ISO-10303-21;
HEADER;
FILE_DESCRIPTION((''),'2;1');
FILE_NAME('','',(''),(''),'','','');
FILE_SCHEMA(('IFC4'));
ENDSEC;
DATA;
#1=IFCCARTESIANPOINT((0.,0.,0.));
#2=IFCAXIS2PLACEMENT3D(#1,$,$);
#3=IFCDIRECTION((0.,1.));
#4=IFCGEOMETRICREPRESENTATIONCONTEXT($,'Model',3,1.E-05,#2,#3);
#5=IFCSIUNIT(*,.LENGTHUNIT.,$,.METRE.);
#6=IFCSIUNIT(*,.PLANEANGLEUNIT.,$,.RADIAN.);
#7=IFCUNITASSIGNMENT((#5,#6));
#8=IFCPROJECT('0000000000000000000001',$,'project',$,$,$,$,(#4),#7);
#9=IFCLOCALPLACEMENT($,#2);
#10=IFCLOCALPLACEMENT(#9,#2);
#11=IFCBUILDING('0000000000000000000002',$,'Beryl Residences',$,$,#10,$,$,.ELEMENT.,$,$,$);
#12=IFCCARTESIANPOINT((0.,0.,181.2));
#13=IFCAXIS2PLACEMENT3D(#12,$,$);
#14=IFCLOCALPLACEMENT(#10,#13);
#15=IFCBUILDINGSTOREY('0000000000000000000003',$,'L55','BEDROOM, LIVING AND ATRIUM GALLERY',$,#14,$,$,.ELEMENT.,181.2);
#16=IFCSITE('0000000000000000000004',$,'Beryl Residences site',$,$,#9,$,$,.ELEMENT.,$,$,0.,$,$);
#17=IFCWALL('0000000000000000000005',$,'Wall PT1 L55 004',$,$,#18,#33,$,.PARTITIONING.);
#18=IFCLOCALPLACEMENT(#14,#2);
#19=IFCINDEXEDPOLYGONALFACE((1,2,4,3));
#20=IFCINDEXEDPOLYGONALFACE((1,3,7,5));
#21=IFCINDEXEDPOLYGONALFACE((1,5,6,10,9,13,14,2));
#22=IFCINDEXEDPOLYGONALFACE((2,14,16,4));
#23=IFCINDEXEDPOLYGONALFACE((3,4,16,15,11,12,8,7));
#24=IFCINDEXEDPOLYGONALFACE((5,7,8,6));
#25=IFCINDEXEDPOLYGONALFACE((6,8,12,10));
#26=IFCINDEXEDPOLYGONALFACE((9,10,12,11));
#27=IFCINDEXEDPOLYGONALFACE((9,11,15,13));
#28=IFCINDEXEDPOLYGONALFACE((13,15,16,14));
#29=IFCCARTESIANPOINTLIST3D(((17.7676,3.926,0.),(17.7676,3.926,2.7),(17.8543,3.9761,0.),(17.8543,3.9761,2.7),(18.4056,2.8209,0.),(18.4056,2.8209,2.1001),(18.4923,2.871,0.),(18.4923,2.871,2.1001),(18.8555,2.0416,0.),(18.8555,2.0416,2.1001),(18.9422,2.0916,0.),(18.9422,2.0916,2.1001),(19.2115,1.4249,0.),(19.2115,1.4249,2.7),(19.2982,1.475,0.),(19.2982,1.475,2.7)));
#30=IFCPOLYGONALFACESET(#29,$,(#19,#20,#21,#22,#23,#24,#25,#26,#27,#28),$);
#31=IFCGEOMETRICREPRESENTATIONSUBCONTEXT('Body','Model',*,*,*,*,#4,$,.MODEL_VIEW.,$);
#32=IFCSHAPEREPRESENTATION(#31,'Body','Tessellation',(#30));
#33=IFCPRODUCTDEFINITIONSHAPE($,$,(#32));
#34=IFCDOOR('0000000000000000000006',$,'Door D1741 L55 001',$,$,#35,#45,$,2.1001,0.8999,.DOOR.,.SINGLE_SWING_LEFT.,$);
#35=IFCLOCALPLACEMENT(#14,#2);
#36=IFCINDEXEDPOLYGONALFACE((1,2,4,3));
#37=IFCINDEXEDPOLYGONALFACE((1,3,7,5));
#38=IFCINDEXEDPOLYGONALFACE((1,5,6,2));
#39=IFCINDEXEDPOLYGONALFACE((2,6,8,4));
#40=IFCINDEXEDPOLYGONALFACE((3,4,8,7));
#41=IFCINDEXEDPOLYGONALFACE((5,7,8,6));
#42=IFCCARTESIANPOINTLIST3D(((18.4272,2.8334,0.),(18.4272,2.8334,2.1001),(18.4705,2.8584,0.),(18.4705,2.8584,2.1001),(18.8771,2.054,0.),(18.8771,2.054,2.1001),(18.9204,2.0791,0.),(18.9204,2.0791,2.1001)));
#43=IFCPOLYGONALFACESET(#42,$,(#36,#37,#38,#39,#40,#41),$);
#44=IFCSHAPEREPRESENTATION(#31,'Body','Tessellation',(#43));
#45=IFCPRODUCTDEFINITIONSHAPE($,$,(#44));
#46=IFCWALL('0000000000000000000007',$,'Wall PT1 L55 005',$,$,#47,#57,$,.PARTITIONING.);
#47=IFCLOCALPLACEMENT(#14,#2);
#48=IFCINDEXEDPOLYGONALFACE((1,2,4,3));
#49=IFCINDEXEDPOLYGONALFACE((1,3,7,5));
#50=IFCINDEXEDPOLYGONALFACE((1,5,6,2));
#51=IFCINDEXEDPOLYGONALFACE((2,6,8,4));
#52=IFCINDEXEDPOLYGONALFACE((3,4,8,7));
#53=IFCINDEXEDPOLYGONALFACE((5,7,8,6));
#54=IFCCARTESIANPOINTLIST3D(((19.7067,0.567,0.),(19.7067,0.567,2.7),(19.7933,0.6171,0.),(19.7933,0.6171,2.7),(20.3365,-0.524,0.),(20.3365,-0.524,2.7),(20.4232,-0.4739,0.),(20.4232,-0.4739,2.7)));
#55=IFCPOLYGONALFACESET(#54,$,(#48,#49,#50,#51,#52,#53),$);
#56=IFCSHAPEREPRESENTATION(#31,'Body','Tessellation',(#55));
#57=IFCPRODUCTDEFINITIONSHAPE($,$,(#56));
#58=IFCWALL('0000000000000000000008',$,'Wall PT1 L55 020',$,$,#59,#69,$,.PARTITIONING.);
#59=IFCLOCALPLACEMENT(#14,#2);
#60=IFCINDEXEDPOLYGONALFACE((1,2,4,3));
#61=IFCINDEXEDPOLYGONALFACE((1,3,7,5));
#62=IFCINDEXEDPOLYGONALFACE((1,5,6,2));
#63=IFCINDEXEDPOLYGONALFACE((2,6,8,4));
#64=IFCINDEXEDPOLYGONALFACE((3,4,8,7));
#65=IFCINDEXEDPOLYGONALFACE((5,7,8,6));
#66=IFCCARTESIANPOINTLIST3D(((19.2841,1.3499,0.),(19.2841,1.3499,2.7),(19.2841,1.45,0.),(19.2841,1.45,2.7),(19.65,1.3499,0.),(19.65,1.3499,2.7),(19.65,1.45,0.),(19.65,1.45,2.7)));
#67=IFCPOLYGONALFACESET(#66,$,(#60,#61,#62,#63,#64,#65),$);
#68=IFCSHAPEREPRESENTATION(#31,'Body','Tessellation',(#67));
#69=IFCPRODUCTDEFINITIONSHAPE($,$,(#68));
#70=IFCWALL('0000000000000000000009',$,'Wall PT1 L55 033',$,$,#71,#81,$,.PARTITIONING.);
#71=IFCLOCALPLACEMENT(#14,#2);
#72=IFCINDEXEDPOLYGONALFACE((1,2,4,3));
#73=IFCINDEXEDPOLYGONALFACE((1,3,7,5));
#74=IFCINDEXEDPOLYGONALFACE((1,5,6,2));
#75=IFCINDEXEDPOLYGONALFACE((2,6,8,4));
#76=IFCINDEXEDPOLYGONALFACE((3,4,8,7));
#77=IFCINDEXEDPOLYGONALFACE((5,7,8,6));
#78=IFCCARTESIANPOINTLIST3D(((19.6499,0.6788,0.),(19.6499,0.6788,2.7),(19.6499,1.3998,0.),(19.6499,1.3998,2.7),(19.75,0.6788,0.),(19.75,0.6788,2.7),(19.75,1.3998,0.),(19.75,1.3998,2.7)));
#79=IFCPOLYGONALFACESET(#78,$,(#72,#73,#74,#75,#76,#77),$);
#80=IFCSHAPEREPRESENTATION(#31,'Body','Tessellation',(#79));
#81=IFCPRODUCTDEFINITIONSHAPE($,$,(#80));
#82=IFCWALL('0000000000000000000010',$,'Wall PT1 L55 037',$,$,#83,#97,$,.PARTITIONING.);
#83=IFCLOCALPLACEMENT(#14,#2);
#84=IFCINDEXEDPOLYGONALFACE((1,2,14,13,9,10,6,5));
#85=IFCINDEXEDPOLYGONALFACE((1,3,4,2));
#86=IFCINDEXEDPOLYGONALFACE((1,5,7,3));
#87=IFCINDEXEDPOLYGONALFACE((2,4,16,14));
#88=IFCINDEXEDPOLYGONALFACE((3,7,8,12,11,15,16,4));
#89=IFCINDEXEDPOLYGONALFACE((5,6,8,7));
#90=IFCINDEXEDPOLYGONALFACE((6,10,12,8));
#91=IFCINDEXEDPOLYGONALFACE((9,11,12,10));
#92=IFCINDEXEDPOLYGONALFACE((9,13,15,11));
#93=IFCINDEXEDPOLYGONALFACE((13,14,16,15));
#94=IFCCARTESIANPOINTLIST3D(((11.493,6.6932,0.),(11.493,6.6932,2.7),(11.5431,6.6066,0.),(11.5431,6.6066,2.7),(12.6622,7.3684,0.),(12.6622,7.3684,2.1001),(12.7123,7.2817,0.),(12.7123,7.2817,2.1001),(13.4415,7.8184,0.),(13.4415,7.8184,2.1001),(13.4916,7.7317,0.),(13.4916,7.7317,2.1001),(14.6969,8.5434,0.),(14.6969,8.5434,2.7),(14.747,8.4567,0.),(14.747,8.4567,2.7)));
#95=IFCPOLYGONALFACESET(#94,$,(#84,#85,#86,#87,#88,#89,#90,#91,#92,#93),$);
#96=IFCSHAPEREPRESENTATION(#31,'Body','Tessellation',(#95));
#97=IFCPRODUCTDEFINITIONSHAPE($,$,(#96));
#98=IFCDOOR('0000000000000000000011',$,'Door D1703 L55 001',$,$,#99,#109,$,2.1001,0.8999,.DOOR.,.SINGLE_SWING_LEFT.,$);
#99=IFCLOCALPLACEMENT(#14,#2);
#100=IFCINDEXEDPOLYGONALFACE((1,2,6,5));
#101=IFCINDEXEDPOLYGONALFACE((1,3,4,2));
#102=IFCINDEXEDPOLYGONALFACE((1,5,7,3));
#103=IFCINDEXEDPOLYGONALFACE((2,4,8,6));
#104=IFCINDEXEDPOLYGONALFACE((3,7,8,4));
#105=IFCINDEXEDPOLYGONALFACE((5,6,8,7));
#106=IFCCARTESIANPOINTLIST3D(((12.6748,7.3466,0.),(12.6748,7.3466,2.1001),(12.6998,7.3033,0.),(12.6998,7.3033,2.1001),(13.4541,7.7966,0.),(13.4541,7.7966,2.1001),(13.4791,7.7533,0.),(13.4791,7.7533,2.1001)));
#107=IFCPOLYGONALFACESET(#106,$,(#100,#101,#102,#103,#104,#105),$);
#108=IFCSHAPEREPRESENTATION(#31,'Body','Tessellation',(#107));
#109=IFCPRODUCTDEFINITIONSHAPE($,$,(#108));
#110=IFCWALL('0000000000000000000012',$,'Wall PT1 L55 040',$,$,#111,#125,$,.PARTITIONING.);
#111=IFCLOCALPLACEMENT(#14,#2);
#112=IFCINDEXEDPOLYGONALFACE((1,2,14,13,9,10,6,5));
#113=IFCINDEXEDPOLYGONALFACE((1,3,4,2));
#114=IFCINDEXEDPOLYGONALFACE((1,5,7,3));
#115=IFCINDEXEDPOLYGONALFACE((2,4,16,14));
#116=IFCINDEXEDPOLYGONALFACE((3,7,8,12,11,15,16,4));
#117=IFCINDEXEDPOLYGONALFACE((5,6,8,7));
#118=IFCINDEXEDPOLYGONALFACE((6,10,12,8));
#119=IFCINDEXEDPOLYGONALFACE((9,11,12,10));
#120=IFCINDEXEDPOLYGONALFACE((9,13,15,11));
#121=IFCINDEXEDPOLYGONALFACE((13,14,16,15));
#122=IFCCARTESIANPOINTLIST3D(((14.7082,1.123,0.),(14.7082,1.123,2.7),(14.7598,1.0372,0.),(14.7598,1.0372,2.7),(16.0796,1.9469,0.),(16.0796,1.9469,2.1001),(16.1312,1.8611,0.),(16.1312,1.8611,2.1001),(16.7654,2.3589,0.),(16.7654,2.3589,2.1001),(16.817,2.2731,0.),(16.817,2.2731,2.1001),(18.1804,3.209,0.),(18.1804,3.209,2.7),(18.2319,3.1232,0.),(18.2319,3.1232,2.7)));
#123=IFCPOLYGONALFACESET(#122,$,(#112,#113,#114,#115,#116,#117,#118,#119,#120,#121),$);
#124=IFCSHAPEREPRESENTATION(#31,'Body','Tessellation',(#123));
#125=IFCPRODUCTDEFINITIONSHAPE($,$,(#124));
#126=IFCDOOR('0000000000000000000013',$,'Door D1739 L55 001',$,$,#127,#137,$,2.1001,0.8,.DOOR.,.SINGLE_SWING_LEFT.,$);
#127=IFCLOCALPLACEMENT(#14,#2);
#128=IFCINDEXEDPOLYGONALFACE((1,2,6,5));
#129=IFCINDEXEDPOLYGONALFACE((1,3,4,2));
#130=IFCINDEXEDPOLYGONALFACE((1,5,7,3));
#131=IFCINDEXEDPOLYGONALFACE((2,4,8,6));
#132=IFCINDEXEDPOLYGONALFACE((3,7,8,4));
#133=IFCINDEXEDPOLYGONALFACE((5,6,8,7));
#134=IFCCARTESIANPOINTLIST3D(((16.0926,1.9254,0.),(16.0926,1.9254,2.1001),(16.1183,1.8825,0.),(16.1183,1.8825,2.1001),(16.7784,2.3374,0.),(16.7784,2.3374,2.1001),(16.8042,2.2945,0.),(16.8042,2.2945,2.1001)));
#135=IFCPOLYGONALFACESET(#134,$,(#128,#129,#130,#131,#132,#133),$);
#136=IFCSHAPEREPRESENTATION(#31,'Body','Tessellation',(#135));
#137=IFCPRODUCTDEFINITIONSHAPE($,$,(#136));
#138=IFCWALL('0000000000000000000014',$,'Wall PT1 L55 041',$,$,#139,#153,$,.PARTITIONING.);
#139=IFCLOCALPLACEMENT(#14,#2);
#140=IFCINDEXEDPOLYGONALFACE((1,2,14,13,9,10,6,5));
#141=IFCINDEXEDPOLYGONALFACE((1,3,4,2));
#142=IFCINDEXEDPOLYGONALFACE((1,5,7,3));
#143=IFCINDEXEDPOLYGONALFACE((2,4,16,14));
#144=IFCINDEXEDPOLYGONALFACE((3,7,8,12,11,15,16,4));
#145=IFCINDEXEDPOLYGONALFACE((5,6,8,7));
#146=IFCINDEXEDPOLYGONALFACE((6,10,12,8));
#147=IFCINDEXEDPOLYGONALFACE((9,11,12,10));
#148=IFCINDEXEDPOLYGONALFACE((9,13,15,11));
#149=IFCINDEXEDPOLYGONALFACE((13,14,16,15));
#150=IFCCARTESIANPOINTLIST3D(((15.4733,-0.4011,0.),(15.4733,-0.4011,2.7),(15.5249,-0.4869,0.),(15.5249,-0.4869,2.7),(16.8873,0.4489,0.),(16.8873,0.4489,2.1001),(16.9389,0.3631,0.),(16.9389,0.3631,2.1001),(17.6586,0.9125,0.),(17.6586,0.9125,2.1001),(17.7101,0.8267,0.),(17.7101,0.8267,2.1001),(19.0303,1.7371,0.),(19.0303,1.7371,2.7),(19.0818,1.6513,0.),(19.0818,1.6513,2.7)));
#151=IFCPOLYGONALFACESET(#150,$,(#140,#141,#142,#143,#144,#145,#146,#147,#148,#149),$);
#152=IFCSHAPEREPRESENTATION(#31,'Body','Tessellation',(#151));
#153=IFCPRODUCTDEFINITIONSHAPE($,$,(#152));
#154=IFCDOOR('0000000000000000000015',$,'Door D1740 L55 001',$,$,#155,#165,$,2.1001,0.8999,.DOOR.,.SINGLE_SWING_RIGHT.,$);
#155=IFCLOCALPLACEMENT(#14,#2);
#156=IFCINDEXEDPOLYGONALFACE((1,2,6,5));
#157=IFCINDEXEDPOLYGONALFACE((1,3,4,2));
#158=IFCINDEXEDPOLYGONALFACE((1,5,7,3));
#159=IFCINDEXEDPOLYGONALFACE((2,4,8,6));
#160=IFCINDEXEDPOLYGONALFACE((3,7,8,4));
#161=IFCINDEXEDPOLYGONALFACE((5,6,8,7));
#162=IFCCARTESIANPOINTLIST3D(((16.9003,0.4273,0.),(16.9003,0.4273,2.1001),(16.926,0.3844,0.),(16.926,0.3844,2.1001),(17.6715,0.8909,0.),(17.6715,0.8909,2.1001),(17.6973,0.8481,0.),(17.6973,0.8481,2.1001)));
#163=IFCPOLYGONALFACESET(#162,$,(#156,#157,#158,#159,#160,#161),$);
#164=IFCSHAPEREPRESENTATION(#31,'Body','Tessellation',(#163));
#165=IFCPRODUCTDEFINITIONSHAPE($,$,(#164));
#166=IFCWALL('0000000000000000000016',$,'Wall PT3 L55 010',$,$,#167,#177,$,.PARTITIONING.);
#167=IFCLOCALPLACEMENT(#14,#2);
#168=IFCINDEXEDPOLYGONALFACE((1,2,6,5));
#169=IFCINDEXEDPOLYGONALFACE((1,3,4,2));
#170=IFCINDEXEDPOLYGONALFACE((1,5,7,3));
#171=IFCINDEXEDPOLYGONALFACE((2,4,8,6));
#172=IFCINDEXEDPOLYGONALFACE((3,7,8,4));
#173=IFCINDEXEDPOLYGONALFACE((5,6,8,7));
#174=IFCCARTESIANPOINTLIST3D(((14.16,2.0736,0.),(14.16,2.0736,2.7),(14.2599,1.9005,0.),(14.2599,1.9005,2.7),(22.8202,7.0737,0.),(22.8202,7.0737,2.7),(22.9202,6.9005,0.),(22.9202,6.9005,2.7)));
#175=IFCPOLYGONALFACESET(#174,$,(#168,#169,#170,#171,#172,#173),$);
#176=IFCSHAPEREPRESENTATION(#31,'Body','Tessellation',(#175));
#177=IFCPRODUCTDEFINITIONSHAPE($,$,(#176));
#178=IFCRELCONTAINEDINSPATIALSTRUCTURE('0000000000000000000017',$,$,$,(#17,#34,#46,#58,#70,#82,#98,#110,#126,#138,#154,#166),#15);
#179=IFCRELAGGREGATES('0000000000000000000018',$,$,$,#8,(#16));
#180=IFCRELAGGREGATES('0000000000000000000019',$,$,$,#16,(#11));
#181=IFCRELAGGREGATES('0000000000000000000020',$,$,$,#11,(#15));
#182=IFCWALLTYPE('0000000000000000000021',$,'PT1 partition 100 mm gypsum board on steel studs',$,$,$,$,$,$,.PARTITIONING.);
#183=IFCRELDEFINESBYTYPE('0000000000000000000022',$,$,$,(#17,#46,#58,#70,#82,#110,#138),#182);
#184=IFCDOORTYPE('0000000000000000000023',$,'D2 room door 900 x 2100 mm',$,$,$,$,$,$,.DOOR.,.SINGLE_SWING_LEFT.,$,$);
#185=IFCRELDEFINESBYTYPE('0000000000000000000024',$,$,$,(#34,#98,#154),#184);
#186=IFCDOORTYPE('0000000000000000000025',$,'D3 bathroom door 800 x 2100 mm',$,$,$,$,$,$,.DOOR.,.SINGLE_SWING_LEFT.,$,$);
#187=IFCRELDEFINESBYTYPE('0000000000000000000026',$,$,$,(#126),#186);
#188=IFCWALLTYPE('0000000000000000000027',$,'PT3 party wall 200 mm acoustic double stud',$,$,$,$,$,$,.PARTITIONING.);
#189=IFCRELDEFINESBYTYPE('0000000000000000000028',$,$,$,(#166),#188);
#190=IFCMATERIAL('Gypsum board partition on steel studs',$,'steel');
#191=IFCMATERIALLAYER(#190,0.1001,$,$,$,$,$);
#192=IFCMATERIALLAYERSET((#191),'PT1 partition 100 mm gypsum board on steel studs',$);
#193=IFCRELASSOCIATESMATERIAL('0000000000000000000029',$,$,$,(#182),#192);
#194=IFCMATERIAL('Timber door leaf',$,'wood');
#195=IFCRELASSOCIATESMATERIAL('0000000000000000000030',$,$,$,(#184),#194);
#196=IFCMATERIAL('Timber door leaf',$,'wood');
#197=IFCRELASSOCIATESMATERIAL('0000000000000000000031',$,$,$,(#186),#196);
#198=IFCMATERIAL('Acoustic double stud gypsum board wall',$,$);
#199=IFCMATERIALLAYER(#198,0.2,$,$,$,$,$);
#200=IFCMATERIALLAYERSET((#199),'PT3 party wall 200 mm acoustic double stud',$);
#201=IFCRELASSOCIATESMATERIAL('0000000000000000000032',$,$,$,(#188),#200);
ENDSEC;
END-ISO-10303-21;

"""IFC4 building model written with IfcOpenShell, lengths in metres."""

from ifc_helpers import new_model, si_unit, direction, frame, frame_2d, origin, place, context, subcontext, project, spatial, rectangle, extrude, material, layer, layer_set, type_object, element, fill, save


model = new_model("IFC4")

# Units and contexts
model_context = context("Model", 3, precision=1e-05, world=origin(), true_north=direction((0.0, 1.0)))
body_context = subcontext(model_context, "Body", "Model", "MODEL_VIEW")
ifc_project = project(units=[si_unit("LENGTHUNIT", "METRE"), si_unit("PLANEANGLEUNIT", "RADIAN")], contexts=[model_context])

# Site, building, storey
site_placement = place(None, origin())
site = spatial("IfcSite", under=ifc_project, at=site_placement, Name="Beryl Residences site", CompositionType="ELEMENT", RefElevation=0.0)
building_placement = place(site_placement, origin())
building = spatial("IfcBuilding", under=site, at=building_placement, Name="Beryl Residences", CompositionType="ELEMENT")
storey_placement = place(building_placement, frame((0.0, 0.0, 181.2)))
storey = spatial("IfcBuildingStorey", under=building, at=storey_placement, Name="L55", Description="BEDROOM, LIVING AND ATRIUM GALLERY", CompositionType="ELEMENT", Elevation=181.2)

# Wall, opening, door
ifc_material_1 = material(Name="Gypsum board partition on steel studs", Category="steel")
ifc_layer_1 = layer(ifc_material_1, 0.1001)
ifc_layer_set_1 = layer_set([ifc_layer_1], Name="PT1 partition 100 mm gypsum board on steel studs")
wall_type_1 = type_object("IfcWallType", Name="PT1 partition 100 mm gypsum board on steel studs", PredefinedType="PARTITIONING", material=ifc_layer_set_1)
wall_1_placement = place(storey_placement, frame((17.811, 3.9509, 0.0), z_axis=(0.0, 0.0, 1.0), x_axis=(0.499976, -0.866039, 0.0)))
wall_1 = element("IfcWall", 1, at=wall_1_placement, inside=storey, type_object=wall_type_1, Name="Wall PT1 L55 004", PredefinedType="PARTITIONING", context=body_context, shape_type="SweptSolid", body=[
    extrude(rectangle(XDim=2.8879, YDim=0.1001, at=frame_2d((1.4438, 0.0))), origin(), (0.0, 0.0, 1.0), 2.7),
])
opening_1_placement = place(wall_1_placement, frame((1.2759, 0.0, 0.0)))
opening_1 = element("IfcOpeningElement", 2, at=opening_1_placement, cuts=wall_1, PredefinedType="OPENING", context=body_context, shape_type="SweptSolid", body=[
    extrude(rectangle(XDim=0.8999, YDim=2.1001, at=frame_2d((0.45, 1.05))), frame((0.0, 0.0601, 0.0), z_axis=(0.0, -1.0, 0.0), x_axis=(1.0, 0.0, 0.0)), (0.0, 0.0, 1.0), 0.1201),
])
ifc_material_2 = material(Name="Timber door leaf", Category="wood")
door_type_1 = type_object("IfcDoorType", Name="D2 room door 900 x 2100 mm", OperationType="SINGLE_SWING_LEFT", PredefinedType="DOOR", material=ifc_material_2)
door_1_placement = place(opening_1_placement, origin())
door_1 = element("IfcDoor", 3, at=door_1_placement, inside=storey, type_object=door_type_1, Name="Door D1741 L55 001", OperationType="SINGLE_SWING_LEFT", OverallHeight=2.1001, OverallWidth=0.8999, PredefinedType="DOOR", context=body_context, shape_type="SweptSolid", body=[
    extrude(rectangle(XDim=0.8999, YDim=2.1001, at=frame_2d((0.45, 1.05))), frame((0.0, 0.0249, 0.0), z_axis=(0.0, -1.0, 0.0), x_axis=(1.0, 0.0, 0.0)), (0.0, 0.0, 1.0), 0.05),
])
fill(opening_1, door_1)

# Walls
wall_2_placement = place(storey_placement, frame((19.75, 0.592, 0.0), z_axis=(0.0, 0.0, 1.0), x_axis=(0.499974, -0.86604, 0.0)))
element("IfcWall", 4, at=wall_2_placement, inside=storey, type_object=wall_type_1, Name="Wall PT1 L55 005", PredefinedType="PARTITIONING", context=body_context, shape_type="SweptSolid", body=[
    extrude(rectangle(XDim=1.2598, YDim=0.1001, at=frame_2d((0.6299, 0.0))), origin(), (0.0, 0.0, 1.0), 2.7),
])
wall_3_placement = place(storey_placement, frame((19.2839, 1.3999, 0.0), z_axis=(0.0, 0.0, 1.0), x_axis=(1.0, 0.0, 0.0)))
element("IfcWall", 5, at=wall_3_placement, inside=storey, type_object=wall_type_1, Name="Wall PT1 L55 020", PredefinedType="PARTITIONING", context=body_context, shape_type="SweptSolid", body=[
    extrude(rectangle(XDim=0.366, YDim=0.1001, at=frame_2d((0.1831, 0.0))), origin(), (0.0, 0.0, 1.0), 2.7),
])
wall_4_placement = place(storey_placement, frame((19.7, 0.679, 0.0), z_axis=(0.0, 0.0, 1.0), x_axis=(0.0, 1.0, 0.0)))
element("IfcWall", 6, at=wall_4_placement, inside=storey, type_object=wall_type_1, Name="Wall PT1 L55 033", PredefinedType="PARTITIONING", context=body_context, shape_type="SweptSolid", body=[
    extrude(rectangle(XDim=0.7209, YDim=0.1001, at=frame_2d((0.3604, 0.0))), origin(), (0.0, 0.0, 1.0), 2.7),
])

# Walls, openings, doors
wall_5_placement = place(storey_placement, frame((11.5181, 6.6499, 0.0), z_axis=(0.0, 0.0, 1.0), x_axis=(0.865984, 0.500071, 0.0)))
wall_5 = element("IfcWall", 7, at=wall_5_placement, inside=storey, type_object=wall_type_1, Name="Wall PT1 L55 037", PredefinedType="PARTITIONING", context=body_context, shape_type="SweptSolid", body=[
    extrude(rectangle(XDim=3.6997, YDim=0.1001, at=frame_2d((1.8499, 0.0))), origin(), (0.0, 0.0, 1.0), 2.7),
])
opening_2_placement = place(wall_5_placement, frame((1.3501, 0.0, 0.0)))
opening_2 = element("IfcOpeningElement", 8, at=opening_2_placement, cuts=wall_5, PredefinedType="OPENING", context=body_context, shape_type="SweptSolid", body=[
    extrude(rectangle(XDim=0.8999, YDim=2.1001, at=frame_2d((0.45, 1.05))), frame((0.0, 0.0601, 0.0), z_axis=(0.0, -1.0, 0.0), x_axis=(1.0, 0.0, 0.0)), (0.0, 0.0, 1.0), 0.1201),
])
door_2_placement = place(opening_2_placement, origin())
door_2 = element("IfcDoor", 9, at=door_2_placement, inside=storey, type_object=door_type_1, Name="Door D1703 L55 001", OperationType="SINGLE_SWING_LEFT", OverallHeight=2.1001, OverallWidth=0.8999, PredefinedType="DOOR", context=body_context, shape_type="SweptSolid", body=[
    extrude(rectangle(XDim=0.8999, YDim=2.1001, at=frame_2d((0.45, 1.05))), frame((0.0, 0.0249, 0.0), z_axis=(0.0, -1.0, 0.0), x_axis=(1.0, 0.0, 0.0)), (0.0, 0.0, 1.0), 0.05),
])
fill(opening_2, door_2)
wall_6_placement = place(storey_placement, frame((14.7339, 1.0801, 0.0), z_axis=(0.0, 0.0, 1.0), x_axis=(0.857206, 0.514974, 0.0)))
wall_6 = element("IfcWall", 10, at=wall_6_placement, inside=storey, type_object=wall_type_1, Name="Wall PT1 L55 040", PredefinedType="PARTITIONING", context=body_context, shape_type="SweptSolid", body=[
    extrude(rectangle(XDim=4.0505, YDim=0.1001, at=frame_2d((2.0254, 0.0))), origin(), (0.0, 0.0, 1.0), 2.7),
])
opening_3_placement = place(wall_6_placement, frame((1.6001, 0.0, 0.0)))
opening_3 = element("IfcOpeningElement", 11, at=opening_3_placement, cuts=wall_6, PredefinedType="OPENING", context=body_context, shape_type="SweptSolid", body=[
    extrude(rectangle(XDim=0.8, YDim=2.1001, at=frame_2d((0.3999, 1.05))), frame((0.0, 0.0601, 0.0), z_axis=(0.0, -1.0, 0.0), x_axis=(1.0, 0.0, 0.0)), (0.0, 0.0, 1.0), 0.1201),
])
ifc_material_3 = material(Name="Timber door leaf", Category="wood")
door_type_2 = type_object("IfcDoorType", Name="D3 bathroom door 800 x 2100 mm", OperationType="SINGLE_SWING_LEFT", PredefinedType="DOOR", material=ifc_material_3)
door_3_placement = place(opening_3_placement, origin())
door_3 = element("IfcDoor", 12, at=door_3_placement, inside=storey, type_object=door_type_2, Name="Door D1739 L55 001", OperationType="SINGLE_SWING_LEFT", OverallHeight=2.1001, OverallWidth=0.8, PredefinedType="DOOR", context=body_context, shape_type="SweptSolid", body=[
    extrude(rectangle(XDim=0.8, YDim=2.1001, at=frame_2d((0.3999, 1.05))), frame((0.0, 0.0249, 0.0), z_axis=(0.0, -1.0, 0.0), x_axis=(1.0, 0.0, 0.0)), (0.0, 0.0, 1.0), 0.05),
])
fill(opening_3, door_3)
wall_7_placement = place(storey_placement, frame((15.499, -0.4441, 0.0), z_axis=(0.0, 0.0, 1.0), x_axis=(0.857062, 0.515214, 0.0)))
wall_7 = element("IfcWall", 13, at=wall_7_placement, inside=storey, type_object=wall_type_1, Name="Wall PT1 L55 041", PredefinedType="PARTITIONING", context=body_context, shape_type="SweptSolid", body=[
    extrude(rectangle(XDim=4.1501, YDim=0.1001, at=frame_2d((2.0752, 0.0))), origin(), (0.0, 0.0, 1.0), 2.7),
])
opening_4_placement = place(wall_7_placement, frame((1.6499, 0.0, 0.0)))
opening_4 = element("IfcOpeningElement", 14, at=opening_4_placement, cuts=wall_7, PredefinedType="OPENING", context=body_context, shape_type="SweptSolid", body=[
    extrude(rectangle(XDim=0.8999, YDim=2.1001, at=frame_2d((0.45, 1.05))), frame((0.0, 0.0601, 0.0), z_axis=(0.0, -1.0, 0.0), x_axis=(1.0, 0.0, 0.0)), (0.0, 0.0, 1.0), 0.1201),
])
door_4_placement = place(opening_4_placement, origin())
door_4 = element("IfcDoor", 15, at=door_4_placement, inside=storey, type_object=door_type_1, Name="Door D1740 L55 001", OperationType="SINGLE_SWING_RIGHT", OverallHeight=2.1001, OverallWidth=0.8999, PredefinedType="DOOR", context=body_context, shape_type="SweptSolid", body=[
    extrude(rectangle(XDim=0.8999, YDim=2.1001, at=frame_2d((0.45, 1.05))), frame((0.0, 0.0249, 0.0), z_axis=(0.0, -1.0, 0.0), x_axis=(1.0, 0.0, 0.0)), (0.0, 0.0, 1.0), 0.05),
])
fill(opening_4, door_4)

# Wall
ifc_material_4 = material(Name="Acoustic double stud gypsum board wall")
ifc_layer_2 = layer(ifc_material_4, 0.2)
ifc_layer_set_2 = layer_set([ifc_layer_2], Name="PT3 party wall 200 mm acoustic double stud")
wall_type_2 = type_object("IfcWallType", Name="PT3 party wall 200 mm acoustic double stud", PredefinedType="PARTITIONING", material=ifc_layer_set_2)
wall_8_placement = place(storey_placement, frame((14.21, 1.9871, 0.0), z_axis=(0.0, 0.0, 1.0), x_axis=(0.866023, 0.500004, 0.0)))
element("IfcWall", 16, at=wall_8_placement, inside=storey, type_object=wall_type_2, Name="Wall PT3 L55 010", PredefinedType="PARTITIONING", context=body_context, shape_type="SweptSolid", body=[
    extrude(rectangle(XDim=10.0, YDim=0.2, at=frame_2d((5.0, 0.0))), origin(), (0.0, 0.0, 1.0), 2.7),
])

save(model, "model.ifc")
